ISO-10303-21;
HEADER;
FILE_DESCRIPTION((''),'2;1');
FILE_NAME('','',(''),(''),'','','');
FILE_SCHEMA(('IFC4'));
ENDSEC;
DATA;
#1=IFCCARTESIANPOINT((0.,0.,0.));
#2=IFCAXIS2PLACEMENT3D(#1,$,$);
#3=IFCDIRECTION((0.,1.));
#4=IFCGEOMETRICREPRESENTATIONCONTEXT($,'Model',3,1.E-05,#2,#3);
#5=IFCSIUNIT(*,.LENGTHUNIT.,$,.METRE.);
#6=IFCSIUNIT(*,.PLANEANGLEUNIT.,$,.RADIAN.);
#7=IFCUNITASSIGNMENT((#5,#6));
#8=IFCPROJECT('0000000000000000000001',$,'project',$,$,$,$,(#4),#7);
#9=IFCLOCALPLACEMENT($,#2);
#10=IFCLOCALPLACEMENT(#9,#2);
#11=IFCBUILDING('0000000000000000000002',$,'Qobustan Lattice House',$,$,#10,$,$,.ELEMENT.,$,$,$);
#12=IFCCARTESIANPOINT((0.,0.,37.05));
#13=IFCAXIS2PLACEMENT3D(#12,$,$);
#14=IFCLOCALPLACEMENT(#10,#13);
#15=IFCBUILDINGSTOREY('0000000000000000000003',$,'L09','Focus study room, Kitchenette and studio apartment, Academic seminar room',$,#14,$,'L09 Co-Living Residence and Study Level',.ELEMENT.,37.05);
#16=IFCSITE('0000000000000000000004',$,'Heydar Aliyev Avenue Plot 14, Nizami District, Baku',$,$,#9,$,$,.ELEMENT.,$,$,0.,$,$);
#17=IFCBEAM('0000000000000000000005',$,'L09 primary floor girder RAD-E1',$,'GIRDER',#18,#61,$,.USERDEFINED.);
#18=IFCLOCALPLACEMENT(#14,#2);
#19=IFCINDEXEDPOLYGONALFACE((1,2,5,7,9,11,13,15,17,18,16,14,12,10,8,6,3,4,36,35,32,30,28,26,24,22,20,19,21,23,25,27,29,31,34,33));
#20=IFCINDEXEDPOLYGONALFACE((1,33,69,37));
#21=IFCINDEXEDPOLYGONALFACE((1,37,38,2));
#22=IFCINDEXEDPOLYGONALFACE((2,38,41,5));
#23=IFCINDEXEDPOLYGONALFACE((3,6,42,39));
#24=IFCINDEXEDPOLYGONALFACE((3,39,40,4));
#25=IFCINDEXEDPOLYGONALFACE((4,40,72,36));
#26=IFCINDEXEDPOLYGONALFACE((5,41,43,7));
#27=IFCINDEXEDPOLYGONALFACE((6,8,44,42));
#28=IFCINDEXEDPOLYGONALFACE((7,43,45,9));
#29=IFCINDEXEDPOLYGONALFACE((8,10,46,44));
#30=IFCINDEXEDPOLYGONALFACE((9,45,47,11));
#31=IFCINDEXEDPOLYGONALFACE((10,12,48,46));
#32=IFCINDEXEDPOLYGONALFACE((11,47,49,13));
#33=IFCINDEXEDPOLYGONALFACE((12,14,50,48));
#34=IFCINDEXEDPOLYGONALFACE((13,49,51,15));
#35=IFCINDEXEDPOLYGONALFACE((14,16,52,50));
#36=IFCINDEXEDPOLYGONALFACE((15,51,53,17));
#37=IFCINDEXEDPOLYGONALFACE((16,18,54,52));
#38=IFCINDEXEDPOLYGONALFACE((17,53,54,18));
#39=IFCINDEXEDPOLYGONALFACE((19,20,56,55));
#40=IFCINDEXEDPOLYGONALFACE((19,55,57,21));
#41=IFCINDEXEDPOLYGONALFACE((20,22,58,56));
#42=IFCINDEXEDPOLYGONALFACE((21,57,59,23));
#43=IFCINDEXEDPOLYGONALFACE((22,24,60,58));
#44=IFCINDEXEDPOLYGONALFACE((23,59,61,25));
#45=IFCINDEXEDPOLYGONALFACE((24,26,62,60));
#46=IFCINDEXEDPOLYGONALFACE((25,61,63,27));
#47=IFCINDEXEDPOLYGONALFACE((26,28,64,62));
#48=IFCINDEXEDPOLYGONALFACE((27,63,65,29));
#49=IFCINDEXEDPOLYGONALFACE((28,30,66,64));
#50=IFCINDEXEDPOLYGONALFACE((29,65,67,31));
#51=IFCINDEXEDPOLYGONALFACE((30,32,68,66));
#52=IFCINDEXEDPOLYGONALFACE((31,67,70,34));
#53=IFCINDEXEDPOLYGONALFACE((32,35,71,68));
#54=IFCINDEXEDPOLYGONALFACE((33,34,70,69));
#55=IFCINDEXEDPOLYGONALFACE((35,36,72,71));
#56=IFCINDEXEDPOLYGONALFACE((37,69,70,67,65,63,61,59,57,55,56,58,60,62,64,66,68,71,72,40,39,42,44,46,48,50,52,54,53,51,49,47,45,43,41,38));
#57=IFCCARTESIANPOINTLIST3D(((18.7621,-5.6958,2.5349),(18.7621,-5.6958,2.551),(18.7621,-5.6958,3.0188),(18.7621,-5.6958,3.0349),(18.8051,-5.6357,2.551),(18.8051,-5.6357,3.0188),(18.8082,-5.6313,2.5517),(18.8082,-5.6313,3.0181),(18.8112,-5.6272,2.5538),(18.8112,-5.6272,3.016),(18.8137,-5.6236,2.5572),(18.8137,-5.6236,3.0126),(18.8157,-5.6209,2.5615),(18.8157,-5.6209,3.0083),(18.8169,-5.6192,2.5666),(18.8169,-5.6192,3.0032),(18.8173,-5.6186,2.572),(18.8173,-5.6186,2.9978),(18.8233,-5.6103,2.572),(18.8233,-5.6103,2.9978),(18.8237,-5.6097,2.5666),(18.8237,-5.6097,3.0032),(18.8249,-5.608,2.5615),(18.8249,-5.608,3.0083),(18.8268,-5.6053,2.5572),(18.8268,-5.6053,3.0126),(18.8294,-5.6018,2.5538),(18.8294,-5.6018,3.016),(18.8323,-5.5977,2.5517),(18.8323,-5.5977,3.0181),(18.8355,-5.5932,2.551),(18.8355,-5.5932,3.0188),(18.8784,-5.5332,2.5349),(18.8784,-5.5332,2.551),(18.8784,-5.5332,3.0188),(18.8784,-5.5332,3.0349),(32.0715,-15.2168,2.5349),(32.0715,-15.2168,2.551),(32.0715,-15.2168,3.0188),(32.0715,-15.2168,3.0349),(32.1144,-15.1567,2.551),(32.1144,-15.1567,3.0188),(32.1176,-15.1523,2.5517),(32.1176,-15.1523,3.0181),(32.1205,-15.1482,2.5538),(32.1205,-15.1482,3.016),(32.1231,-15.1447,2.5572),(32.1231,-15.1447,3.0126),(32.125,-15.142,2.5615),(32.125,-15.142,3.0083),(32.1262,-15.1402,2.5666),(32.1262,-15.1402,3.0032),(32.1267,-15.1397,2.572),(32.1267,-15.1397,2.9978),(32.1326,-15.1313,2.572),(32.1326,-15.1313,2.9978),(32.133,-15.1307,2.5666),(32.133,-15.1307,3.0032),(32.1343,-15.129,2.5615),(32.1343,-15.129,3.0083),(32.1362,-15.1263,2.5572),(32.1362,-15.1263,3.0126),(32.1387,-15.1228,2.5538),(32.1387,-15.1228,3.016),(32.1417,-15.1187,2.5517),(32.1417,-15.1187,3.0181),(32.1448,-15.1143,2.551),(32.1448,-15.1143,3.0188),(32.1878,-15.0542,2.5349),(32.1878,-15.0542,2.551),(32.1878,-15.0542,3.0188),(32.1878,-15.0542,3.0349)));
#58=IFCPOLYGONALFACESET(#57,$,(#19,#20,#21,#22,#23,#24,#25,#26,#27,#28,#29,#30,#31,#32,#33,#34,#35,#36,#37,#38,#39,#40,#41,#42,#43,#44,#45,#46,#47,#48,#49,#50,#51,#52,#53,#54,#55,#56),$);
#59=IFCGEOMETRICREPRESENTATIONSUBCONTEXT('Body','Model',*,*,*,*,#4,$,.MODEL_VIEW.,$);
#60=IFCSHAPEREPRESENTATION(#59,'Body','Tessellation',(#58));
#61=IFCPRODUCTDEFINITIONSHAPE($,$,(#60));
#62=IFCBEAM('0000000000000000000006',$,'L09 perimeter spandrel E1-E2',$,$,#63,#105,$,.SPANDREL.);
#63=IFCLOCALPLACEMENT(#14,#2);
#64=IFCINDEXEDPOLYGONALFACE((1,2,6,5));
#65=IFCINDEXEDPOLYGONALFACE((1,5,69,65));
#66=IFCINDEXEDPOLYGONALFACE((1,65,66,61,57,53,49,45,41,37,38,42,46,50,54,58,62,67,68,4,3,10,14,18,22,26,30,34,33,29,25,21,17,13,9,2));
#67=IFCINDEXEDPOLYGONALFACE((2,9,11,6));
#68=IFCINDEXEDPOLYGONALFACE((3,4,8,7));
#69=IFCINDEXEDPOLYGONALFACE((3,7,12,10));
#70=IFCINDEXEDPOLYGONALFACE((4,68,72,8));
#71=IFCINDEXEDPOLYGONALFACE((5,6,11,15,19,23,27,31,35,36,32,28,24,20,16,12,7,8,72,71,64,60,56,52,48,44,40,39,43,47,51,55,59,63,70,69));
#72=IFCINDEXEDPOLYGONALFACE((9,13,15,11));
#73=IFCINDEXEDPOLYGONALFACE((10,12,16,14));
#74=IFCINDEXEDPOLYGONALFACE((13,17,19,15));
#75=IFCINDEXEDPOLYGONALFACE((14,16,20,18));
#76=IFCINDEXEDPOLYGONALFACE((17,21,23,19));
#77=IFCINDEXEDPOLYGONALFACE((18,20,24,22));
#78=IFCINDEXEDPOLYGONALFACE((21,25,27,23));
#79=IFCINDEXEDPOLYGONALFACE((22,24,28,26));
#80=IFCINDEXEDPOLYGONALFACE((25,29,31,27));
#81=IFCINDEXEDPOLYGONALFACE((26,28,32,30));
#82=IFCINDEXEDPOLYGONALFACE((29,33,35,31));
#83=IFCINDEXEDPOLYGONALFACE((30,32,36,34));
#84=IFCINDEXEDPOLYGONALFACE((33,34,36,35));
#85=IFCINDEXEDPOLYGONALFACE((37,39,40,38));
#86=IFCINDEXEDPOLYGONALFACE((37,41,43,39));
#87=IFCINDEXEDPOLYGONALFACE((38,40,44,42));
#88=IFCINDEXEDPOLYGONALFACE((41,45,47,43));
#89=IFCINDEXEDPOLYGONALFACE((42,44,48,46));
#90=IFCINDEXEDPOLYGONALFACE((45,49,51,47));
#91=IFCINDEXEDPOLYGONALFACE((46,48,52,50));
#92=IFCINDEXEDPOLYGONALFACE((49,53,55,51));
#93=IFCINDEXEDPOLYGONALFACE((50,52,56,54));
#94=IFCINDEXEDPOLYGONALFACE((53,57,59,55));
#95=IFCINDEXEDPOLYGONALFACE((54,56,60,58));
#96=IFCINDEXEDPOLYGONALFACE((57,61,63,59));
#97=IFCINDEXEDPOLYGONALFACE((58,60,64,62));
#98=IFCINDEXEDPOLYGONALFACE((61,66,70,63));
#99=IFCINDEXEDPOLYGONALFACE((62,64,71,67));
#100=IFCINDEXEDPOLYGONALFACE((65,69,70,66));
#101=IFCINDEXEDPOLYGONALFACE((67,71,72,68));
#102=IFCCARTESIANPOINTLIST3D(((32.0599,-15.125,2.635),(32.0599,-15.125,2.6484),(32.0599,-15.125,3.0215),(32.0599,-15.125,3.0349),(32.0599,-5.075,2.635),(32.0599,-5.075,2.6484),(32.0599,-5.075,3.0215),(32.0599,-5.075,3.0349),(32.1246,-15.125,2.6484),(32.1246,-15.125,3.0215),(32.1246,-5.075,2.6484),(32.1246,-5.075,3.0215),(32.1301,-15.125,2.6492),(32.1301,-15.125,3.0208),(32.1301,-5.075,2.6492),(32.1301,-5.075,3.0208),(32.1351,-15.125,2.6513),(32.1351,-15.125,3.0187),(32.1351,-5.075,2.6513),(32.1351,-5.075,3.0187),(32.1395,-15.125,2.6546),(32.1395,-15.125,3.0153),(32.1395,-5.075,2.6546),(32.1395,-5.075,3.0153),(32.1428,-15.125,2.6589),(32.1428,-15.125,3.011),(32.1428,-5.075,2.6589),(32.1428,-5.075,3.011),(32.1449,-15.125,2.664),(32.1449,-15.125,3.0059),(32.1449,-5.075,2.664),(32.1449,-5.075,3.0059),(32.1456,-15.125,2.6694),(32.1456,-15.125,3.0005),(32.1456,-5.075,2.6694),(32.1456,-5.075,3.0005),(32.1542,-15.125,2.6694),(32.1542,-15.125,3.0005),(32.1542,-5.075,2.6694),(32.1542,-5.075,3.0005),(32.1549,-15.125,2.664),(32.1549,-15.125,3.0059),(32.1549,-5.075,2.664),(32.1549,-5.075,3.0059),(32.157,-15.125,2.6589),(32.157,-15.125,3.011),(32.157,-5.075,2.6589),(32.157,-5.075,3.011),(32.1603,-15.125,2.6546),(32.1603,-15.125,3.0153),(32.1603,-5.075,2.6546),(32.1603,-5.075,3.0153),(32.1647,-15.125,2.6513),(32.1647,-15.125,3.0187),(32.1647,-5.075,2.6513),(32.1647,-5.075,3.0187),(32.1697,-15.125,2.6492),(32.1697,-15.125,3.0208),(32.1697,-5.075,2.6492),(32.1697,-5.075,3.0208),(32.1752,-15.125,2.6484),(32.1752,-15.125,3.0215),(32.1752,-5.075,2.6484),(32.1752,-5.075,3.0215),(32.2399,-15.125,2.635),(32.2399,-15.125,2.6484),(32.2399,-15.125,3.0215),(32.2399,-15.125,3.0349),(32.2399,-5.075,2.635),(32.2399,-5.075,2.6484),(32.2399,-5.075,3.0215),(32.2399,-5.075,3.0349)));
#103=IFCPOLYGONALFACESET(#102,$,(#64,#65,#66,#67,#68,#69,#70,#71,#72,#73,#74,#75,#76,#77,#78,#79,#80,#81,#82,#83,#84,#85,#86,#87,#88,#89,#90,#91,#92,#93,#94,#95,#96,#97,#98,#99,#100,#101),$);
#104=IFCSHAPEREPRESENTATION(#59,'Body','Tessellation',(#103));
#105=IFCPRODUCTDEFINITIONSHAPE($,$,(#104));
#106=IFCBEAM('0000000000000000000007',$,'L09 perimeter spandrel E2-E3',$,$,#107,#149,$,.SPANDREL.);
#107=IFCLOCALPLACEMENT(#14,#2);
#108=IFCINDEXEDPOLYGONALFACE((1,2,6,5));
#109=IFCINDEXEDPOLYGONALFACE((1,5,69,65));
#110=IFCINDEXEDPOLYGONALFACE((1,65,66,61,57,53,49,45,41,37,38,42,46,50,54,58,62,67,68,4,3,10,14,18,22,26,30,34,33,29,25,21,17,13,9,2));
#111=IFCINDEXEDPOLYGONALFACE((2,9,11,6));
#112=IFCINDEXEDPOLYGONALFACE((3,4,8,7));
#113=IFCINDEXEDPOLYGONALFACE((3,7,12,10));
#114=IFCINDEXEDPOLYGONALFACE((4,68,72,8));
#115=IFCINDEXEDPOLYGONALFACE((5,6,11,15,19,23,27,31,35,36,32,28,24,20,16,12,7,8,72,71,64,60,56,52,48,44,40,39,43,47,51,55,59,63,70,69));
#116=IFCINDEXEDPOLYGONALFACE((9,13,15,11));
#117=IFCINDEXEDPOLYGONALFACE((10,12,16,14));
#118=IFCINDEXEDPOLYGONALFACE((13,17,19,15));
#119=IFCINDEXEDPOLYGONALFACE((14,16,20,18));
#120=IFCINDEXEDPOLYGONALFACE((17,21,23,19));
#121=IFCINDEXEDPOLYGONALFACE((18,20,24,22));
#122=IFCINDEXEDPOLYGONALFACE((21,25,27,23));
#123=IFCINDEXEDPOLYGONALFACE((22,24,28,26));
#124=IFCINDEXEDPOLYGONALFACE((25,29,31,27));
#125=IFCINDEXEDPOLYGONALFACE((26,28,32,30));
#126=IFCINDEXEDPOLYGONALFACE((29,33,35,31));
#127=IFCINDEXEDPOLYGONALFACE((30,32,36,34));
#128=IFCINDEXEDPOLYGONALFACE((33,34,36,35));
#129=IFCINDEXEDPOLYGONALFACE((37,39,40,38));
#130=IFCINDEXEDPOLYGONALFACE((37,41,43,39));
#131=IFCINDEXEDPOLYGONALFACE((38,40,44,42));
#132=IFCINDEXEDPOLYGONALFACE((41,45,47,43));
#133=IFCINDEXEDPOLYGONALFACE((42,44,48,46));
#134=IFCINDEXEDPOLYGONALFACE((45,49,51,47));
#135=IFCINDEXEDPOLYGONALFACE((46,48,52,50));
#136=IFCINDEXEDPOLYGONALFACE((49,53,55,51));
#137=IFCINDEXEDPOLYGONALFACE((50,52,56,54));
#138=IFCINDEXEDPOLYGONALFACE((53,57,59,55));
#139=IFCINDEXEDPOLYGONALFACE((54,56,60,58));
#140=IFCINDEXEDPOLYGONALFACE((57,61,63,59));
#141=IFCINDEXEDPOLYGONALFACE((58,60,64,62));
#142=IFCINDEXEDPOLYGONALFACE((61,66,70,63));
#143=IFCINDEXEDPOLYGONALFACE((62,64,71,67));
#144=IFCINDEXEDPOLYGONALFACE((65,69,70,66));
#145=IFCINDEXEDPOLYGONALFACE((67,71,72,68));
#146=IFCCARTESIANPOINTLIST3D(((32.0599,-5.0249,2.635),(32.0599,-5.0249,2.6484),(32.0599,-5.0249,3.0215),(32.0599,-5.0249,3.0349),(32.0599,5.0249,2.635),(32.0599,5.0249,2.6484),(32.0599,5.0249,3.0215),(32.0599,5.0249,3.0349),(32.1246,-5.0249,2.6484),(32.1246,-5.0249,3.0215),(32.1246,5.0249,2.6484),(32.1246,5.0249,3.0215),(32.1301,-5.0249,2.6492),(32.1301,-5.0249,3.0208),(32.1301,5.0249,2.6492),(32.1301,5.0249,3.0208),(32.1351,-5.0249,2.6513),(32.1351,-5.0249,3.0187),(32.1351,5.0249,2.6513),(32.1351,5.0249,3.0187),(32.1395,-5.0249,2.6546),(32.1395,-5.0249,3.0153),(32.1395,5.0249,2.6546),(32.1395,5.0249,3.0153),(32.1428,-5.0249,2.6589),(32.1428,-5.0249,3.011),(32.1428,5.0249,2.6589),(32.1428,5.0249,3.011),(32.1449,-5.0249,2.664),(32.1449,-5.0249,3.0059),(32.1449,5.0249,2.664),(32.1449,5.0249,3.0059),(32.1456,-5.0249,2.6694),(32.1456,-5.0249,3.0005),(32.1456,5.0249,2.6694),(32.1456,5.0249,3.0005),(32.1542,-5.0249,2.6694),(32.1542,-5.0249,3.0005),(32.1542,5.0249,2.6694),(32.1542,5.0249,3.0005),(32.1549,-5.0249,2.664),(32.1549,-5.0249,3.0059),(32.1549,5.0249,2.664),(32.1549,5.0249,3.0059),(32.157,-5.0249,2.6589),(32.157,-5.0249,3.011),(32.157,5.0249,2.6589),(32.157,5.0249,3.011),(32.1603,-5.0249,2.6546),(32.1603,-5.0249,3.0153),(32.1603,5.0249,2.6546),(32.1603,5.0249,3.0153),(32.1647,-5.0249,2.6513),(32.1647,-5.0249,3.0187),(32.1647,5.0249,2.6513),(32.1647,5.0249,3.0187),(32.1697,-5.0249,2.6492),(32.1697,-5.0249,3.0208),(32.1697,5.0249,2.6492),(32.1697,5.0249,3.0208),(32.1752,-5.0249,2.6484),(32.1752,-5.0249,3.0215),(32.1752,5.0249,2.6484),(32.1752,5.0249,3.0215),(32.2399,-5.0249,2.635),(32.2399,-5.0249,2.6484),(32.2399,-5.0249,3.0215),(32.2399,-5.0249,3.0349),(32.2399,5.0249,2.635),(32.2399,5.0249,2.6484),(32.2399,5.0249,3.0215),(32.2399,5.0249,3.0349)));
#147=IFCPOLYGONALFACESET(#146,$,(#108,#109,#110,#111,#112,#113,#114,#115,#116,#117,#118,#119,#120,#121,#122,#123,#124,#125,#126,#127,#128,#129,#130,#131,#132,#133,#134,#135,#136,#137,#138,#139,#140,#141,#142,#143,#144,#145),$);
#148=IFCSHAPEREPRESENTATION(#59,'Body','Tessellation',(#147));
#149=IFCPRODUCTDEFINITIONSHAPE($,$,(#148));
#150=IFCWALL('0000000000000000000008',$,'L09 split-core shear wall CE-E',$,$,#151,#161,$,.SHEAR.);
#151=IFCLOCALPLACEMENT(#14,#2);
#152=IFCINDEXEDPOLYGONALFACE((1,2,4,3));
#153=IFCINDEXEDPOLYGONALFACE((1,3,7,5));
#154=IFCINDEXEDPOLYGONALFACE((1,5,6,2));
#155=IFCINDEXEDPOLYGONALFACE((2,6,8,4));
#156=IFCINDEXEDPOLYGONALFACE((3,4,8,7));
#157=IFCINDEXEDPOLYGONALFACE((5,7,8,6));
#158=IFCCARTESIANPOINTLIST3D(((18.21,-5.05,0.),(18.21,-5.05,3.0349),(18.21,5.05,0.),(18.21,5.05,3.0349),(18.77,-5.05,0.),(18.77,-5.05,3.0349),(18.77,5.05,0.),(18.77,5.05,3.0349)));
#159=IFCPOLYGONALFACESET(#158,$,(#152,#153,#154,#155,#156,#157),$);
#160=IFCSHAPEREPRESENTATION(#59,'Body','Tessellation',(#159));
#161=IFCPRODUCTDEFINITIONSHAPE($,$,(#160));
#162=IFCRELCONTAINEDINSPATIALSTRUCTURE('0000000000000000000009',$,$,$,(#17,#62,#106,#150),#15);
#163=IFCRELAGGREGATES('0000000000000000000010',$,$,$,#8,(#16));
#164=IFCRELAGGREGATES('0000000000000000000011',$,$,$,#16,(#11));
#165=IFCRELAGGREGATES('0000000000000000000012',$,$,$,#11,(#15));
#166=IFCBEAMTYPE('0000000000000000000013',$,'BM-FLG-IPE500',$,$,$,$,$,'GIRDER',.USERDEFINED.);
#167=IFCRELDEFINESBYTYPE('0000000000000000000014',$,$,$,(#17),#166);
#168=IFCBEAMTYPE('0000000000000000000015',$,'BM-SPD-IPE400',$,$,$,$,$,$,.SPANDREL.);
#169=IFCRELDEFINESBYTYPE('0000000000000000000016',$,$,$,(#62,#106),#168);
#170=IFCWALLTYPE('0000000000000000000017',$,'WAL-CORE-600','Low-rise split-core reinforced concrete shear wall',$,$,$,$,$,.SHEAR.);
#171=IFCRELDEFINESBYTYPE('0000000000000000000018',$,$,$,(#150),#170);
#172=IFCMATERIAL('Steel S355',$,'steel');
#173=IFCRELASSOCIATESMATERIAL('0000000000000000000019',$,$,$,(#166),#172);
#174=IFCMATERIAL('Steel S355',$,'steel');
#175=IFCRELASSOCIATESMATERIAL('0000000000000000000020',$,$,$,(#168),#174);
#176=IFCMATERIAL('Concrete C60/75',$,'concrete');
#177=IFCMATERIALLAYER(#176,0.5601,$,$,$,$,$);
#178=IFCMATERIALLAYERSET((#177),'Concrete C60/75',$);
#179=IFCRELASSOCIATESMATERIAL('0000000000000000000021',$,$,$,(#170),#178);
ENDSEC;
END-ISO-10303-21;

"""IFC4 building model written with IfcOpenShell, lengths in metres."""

from ifc_helpers import new_model, si_unit, direction, frame, frame_2d, origin, origin_2d, place, context, subcontext, project, spatial, rectangle, i_section, extrude, material, layer, layer_set, material_profile, profile_set, type_object, element, save


model = new_model("IFC4")

# Units and contexts
model_context = context("Model", 3, precision=1e-05, world=origin(), true_north=direction((0.0, 1.0)))
body_context = subcontext(model_context, "Body", "Model", "MODEL_VIEW")
ifc_project = project(units=[si_unit("LENGTHUNIT", "METRE"), si_unit("PLANEANGLEUNIT", "RADIAN")], contexts=[model_context])

# Site, building, storey
site_placement = place(None, origin())
site = spatial("IfcSite", under=ifc_project, at=site_placement, Name="Heydar Aliyev Avenue Plot 14, Nizami District, Baku", CompositionType="ELEMENT", RefElevation=0.0)
building_placement = place(site_placement, origin())
building = spatial("IfcBuilding", under=site, at=building_placement, Name="Qobustan Lattice House", CompositionType="ELEMENT")
storey_placement = place(building_placement, frame((0.0, 0.0, 37.05)))
storey = spatial("IfcBuildingStorey", under=building, at=storey_placement, Name="L09", Description="Focus study room, Kitchenette and studio apartment, Academic seminar room", LongName="L09 Co-Living Residence and Study Level", CompositionType="ELEMENT", Elevation=37.05)

# Beams
ifc_material_1 = material(Name="Steel S355", Category="steel")
ifc_material_profile_1 = material_profile(ifc_material_1, i_section(OverallWidth=0.2, OverallDepth=0.5, WebThickness=0.0103, FlangeThickness=0.0161, FilletRadius=0.021, at=origin_2d()), Name="IPE500")
ifc_profile_set_1 = profile_set([ifc_material_profile_1], Name="Steel S355")
beam_type_1 = type_object("IfcBeamType", Name="BM-FLG-IPE500", ElementType="GIRDER", PredefinedType="USERDEFINED", material=ifc_profile_set_1)
beam_1_placement = place(storey_placement, frame((32.1296, -15.1355, 2.7849), z_axis=(-0.813319, 0.581818, 0.0), x_axis=(-0.581818, -0.813319, 0.0)))
element("IfcBeam", 1, at=beam_1_placement, inside=storey, type_object=beam_type_1, Name="L09 primary floor girder RAD-E1", ObjectType="GIRDER", PredefinedType="USERDEFINED", context=body_context, shape_type="SweptSolid", body=[
    extrude(i_section(OverallWidth=0.2, OverallDepth=0.5, WebThickness=0.0103, FlangeThickness=0.0161, FilletRadius=0.021, at=origin_2d()), origin(), (0.0, 0.0, 1.0), 16.3643),
])
ifc_material_2 = material(Name="Steel S355", Category="steel")
ifc_material_profile_2 = material_profile(ifc_material_2, i_section(OverallWidth=0.1799, OverallDepth=0.3999, WebThickness=0.0085, FlangeThickness=0.0134, FilletRadius=0.021, at=origin_2d()), Name="IPE400")
ifc_profile_set_2 = profile_set([ifc_material_profile_2], Name="Steel S355")
beam_type_2 = type_object("IfcBeamType", Name="BM-SPD-IPE400", PredefinedType="SPANDREL", material=ifc_profile_set_2)
beam_2_placement = place(storey_placement, frame((32.1499, -15.125, 2.835), z_axis=(0.0, 1.0, 0.0), x_axis=(-1.0, 0.0, 0.0)))
element("IfcBeam", 2, at=beam_2_placement, inside=storey, type_object=beam_type_2, Name="L09 perimeter spandrel E1-E2", PredefinedType="SPANDREL", context=body_context, shape_type="SweptSolid", body=[
    extrude(i_section(OverallWidth=0.1799, OverallDepth=0.3999, WebThickness=0.0085, FlangeThickness=0.0134, FilletRadius=0.021, at=origin_2d()), origin(), (0.0, 0.0, 1.0), 10.05),
])
beam_3_placement = place(storey_placement, frame((32.1499, -5.0249, 2.835), z_axis=(0.0, 1.0, 0.0), x_axis=(-1.0, 0.0, 0.0)))
element("IfcBeam", 3, at=beam_3_placement, inside=storey, type_object=beam_type_2, Name="L09 perimeter spandrel E2-E3", PredefinedType="SPANDREL", context=body_context, shape_type="SweptSolid", body=[
    extrude(i_section(OverallWidth=0.1799, OverallDepth=0.3999, WebThickness=0.0085, FlangeThickness=0.0134, FilletRadius=0.021, at=origin_2d()), origin(), (0.0, 0.0, 1.0), 10.0498),
])

# Wall
ifc_material_3 = material(Name="Concrete C60/75", Category="concrete")
ifc_layer_1 = layer(ifc_material_3, 0.5601)
ifc_layer_set_1 = layer_set([ifc_layer_1], Name="Concrete C60/75")
wall_type_1 = type_object("IfcWallType", Name="WAL-CORE-600", Description="Low-rise split-core reinforced concrete shear wall", PredefinedType="SHEAR", material=ifc_layer_set_1)
wall_1_placement = place(storey_placement, frame((18.49, -5.05, 0.0), z_axis=(0.0, 0.0, 1.0), x_axis=(0.0, 1.0, 0.0)))
element("IfcWall", 4, at=wall_1_placement, inside=storey, type_object=wall_type_1, Name="L09 split-core shear wall CE-E", PredefinedType="SHEAR", context=body_context, shape_type="SweptSolid", body=[
    extrude(rectangle(XDim=10.1001, YDim=0.5601, at=frame_2d((5.05, 0.0))), origin(), (0.0, 0.0, 1.0), 3.0349),
])

save(model, "model.ifc")
